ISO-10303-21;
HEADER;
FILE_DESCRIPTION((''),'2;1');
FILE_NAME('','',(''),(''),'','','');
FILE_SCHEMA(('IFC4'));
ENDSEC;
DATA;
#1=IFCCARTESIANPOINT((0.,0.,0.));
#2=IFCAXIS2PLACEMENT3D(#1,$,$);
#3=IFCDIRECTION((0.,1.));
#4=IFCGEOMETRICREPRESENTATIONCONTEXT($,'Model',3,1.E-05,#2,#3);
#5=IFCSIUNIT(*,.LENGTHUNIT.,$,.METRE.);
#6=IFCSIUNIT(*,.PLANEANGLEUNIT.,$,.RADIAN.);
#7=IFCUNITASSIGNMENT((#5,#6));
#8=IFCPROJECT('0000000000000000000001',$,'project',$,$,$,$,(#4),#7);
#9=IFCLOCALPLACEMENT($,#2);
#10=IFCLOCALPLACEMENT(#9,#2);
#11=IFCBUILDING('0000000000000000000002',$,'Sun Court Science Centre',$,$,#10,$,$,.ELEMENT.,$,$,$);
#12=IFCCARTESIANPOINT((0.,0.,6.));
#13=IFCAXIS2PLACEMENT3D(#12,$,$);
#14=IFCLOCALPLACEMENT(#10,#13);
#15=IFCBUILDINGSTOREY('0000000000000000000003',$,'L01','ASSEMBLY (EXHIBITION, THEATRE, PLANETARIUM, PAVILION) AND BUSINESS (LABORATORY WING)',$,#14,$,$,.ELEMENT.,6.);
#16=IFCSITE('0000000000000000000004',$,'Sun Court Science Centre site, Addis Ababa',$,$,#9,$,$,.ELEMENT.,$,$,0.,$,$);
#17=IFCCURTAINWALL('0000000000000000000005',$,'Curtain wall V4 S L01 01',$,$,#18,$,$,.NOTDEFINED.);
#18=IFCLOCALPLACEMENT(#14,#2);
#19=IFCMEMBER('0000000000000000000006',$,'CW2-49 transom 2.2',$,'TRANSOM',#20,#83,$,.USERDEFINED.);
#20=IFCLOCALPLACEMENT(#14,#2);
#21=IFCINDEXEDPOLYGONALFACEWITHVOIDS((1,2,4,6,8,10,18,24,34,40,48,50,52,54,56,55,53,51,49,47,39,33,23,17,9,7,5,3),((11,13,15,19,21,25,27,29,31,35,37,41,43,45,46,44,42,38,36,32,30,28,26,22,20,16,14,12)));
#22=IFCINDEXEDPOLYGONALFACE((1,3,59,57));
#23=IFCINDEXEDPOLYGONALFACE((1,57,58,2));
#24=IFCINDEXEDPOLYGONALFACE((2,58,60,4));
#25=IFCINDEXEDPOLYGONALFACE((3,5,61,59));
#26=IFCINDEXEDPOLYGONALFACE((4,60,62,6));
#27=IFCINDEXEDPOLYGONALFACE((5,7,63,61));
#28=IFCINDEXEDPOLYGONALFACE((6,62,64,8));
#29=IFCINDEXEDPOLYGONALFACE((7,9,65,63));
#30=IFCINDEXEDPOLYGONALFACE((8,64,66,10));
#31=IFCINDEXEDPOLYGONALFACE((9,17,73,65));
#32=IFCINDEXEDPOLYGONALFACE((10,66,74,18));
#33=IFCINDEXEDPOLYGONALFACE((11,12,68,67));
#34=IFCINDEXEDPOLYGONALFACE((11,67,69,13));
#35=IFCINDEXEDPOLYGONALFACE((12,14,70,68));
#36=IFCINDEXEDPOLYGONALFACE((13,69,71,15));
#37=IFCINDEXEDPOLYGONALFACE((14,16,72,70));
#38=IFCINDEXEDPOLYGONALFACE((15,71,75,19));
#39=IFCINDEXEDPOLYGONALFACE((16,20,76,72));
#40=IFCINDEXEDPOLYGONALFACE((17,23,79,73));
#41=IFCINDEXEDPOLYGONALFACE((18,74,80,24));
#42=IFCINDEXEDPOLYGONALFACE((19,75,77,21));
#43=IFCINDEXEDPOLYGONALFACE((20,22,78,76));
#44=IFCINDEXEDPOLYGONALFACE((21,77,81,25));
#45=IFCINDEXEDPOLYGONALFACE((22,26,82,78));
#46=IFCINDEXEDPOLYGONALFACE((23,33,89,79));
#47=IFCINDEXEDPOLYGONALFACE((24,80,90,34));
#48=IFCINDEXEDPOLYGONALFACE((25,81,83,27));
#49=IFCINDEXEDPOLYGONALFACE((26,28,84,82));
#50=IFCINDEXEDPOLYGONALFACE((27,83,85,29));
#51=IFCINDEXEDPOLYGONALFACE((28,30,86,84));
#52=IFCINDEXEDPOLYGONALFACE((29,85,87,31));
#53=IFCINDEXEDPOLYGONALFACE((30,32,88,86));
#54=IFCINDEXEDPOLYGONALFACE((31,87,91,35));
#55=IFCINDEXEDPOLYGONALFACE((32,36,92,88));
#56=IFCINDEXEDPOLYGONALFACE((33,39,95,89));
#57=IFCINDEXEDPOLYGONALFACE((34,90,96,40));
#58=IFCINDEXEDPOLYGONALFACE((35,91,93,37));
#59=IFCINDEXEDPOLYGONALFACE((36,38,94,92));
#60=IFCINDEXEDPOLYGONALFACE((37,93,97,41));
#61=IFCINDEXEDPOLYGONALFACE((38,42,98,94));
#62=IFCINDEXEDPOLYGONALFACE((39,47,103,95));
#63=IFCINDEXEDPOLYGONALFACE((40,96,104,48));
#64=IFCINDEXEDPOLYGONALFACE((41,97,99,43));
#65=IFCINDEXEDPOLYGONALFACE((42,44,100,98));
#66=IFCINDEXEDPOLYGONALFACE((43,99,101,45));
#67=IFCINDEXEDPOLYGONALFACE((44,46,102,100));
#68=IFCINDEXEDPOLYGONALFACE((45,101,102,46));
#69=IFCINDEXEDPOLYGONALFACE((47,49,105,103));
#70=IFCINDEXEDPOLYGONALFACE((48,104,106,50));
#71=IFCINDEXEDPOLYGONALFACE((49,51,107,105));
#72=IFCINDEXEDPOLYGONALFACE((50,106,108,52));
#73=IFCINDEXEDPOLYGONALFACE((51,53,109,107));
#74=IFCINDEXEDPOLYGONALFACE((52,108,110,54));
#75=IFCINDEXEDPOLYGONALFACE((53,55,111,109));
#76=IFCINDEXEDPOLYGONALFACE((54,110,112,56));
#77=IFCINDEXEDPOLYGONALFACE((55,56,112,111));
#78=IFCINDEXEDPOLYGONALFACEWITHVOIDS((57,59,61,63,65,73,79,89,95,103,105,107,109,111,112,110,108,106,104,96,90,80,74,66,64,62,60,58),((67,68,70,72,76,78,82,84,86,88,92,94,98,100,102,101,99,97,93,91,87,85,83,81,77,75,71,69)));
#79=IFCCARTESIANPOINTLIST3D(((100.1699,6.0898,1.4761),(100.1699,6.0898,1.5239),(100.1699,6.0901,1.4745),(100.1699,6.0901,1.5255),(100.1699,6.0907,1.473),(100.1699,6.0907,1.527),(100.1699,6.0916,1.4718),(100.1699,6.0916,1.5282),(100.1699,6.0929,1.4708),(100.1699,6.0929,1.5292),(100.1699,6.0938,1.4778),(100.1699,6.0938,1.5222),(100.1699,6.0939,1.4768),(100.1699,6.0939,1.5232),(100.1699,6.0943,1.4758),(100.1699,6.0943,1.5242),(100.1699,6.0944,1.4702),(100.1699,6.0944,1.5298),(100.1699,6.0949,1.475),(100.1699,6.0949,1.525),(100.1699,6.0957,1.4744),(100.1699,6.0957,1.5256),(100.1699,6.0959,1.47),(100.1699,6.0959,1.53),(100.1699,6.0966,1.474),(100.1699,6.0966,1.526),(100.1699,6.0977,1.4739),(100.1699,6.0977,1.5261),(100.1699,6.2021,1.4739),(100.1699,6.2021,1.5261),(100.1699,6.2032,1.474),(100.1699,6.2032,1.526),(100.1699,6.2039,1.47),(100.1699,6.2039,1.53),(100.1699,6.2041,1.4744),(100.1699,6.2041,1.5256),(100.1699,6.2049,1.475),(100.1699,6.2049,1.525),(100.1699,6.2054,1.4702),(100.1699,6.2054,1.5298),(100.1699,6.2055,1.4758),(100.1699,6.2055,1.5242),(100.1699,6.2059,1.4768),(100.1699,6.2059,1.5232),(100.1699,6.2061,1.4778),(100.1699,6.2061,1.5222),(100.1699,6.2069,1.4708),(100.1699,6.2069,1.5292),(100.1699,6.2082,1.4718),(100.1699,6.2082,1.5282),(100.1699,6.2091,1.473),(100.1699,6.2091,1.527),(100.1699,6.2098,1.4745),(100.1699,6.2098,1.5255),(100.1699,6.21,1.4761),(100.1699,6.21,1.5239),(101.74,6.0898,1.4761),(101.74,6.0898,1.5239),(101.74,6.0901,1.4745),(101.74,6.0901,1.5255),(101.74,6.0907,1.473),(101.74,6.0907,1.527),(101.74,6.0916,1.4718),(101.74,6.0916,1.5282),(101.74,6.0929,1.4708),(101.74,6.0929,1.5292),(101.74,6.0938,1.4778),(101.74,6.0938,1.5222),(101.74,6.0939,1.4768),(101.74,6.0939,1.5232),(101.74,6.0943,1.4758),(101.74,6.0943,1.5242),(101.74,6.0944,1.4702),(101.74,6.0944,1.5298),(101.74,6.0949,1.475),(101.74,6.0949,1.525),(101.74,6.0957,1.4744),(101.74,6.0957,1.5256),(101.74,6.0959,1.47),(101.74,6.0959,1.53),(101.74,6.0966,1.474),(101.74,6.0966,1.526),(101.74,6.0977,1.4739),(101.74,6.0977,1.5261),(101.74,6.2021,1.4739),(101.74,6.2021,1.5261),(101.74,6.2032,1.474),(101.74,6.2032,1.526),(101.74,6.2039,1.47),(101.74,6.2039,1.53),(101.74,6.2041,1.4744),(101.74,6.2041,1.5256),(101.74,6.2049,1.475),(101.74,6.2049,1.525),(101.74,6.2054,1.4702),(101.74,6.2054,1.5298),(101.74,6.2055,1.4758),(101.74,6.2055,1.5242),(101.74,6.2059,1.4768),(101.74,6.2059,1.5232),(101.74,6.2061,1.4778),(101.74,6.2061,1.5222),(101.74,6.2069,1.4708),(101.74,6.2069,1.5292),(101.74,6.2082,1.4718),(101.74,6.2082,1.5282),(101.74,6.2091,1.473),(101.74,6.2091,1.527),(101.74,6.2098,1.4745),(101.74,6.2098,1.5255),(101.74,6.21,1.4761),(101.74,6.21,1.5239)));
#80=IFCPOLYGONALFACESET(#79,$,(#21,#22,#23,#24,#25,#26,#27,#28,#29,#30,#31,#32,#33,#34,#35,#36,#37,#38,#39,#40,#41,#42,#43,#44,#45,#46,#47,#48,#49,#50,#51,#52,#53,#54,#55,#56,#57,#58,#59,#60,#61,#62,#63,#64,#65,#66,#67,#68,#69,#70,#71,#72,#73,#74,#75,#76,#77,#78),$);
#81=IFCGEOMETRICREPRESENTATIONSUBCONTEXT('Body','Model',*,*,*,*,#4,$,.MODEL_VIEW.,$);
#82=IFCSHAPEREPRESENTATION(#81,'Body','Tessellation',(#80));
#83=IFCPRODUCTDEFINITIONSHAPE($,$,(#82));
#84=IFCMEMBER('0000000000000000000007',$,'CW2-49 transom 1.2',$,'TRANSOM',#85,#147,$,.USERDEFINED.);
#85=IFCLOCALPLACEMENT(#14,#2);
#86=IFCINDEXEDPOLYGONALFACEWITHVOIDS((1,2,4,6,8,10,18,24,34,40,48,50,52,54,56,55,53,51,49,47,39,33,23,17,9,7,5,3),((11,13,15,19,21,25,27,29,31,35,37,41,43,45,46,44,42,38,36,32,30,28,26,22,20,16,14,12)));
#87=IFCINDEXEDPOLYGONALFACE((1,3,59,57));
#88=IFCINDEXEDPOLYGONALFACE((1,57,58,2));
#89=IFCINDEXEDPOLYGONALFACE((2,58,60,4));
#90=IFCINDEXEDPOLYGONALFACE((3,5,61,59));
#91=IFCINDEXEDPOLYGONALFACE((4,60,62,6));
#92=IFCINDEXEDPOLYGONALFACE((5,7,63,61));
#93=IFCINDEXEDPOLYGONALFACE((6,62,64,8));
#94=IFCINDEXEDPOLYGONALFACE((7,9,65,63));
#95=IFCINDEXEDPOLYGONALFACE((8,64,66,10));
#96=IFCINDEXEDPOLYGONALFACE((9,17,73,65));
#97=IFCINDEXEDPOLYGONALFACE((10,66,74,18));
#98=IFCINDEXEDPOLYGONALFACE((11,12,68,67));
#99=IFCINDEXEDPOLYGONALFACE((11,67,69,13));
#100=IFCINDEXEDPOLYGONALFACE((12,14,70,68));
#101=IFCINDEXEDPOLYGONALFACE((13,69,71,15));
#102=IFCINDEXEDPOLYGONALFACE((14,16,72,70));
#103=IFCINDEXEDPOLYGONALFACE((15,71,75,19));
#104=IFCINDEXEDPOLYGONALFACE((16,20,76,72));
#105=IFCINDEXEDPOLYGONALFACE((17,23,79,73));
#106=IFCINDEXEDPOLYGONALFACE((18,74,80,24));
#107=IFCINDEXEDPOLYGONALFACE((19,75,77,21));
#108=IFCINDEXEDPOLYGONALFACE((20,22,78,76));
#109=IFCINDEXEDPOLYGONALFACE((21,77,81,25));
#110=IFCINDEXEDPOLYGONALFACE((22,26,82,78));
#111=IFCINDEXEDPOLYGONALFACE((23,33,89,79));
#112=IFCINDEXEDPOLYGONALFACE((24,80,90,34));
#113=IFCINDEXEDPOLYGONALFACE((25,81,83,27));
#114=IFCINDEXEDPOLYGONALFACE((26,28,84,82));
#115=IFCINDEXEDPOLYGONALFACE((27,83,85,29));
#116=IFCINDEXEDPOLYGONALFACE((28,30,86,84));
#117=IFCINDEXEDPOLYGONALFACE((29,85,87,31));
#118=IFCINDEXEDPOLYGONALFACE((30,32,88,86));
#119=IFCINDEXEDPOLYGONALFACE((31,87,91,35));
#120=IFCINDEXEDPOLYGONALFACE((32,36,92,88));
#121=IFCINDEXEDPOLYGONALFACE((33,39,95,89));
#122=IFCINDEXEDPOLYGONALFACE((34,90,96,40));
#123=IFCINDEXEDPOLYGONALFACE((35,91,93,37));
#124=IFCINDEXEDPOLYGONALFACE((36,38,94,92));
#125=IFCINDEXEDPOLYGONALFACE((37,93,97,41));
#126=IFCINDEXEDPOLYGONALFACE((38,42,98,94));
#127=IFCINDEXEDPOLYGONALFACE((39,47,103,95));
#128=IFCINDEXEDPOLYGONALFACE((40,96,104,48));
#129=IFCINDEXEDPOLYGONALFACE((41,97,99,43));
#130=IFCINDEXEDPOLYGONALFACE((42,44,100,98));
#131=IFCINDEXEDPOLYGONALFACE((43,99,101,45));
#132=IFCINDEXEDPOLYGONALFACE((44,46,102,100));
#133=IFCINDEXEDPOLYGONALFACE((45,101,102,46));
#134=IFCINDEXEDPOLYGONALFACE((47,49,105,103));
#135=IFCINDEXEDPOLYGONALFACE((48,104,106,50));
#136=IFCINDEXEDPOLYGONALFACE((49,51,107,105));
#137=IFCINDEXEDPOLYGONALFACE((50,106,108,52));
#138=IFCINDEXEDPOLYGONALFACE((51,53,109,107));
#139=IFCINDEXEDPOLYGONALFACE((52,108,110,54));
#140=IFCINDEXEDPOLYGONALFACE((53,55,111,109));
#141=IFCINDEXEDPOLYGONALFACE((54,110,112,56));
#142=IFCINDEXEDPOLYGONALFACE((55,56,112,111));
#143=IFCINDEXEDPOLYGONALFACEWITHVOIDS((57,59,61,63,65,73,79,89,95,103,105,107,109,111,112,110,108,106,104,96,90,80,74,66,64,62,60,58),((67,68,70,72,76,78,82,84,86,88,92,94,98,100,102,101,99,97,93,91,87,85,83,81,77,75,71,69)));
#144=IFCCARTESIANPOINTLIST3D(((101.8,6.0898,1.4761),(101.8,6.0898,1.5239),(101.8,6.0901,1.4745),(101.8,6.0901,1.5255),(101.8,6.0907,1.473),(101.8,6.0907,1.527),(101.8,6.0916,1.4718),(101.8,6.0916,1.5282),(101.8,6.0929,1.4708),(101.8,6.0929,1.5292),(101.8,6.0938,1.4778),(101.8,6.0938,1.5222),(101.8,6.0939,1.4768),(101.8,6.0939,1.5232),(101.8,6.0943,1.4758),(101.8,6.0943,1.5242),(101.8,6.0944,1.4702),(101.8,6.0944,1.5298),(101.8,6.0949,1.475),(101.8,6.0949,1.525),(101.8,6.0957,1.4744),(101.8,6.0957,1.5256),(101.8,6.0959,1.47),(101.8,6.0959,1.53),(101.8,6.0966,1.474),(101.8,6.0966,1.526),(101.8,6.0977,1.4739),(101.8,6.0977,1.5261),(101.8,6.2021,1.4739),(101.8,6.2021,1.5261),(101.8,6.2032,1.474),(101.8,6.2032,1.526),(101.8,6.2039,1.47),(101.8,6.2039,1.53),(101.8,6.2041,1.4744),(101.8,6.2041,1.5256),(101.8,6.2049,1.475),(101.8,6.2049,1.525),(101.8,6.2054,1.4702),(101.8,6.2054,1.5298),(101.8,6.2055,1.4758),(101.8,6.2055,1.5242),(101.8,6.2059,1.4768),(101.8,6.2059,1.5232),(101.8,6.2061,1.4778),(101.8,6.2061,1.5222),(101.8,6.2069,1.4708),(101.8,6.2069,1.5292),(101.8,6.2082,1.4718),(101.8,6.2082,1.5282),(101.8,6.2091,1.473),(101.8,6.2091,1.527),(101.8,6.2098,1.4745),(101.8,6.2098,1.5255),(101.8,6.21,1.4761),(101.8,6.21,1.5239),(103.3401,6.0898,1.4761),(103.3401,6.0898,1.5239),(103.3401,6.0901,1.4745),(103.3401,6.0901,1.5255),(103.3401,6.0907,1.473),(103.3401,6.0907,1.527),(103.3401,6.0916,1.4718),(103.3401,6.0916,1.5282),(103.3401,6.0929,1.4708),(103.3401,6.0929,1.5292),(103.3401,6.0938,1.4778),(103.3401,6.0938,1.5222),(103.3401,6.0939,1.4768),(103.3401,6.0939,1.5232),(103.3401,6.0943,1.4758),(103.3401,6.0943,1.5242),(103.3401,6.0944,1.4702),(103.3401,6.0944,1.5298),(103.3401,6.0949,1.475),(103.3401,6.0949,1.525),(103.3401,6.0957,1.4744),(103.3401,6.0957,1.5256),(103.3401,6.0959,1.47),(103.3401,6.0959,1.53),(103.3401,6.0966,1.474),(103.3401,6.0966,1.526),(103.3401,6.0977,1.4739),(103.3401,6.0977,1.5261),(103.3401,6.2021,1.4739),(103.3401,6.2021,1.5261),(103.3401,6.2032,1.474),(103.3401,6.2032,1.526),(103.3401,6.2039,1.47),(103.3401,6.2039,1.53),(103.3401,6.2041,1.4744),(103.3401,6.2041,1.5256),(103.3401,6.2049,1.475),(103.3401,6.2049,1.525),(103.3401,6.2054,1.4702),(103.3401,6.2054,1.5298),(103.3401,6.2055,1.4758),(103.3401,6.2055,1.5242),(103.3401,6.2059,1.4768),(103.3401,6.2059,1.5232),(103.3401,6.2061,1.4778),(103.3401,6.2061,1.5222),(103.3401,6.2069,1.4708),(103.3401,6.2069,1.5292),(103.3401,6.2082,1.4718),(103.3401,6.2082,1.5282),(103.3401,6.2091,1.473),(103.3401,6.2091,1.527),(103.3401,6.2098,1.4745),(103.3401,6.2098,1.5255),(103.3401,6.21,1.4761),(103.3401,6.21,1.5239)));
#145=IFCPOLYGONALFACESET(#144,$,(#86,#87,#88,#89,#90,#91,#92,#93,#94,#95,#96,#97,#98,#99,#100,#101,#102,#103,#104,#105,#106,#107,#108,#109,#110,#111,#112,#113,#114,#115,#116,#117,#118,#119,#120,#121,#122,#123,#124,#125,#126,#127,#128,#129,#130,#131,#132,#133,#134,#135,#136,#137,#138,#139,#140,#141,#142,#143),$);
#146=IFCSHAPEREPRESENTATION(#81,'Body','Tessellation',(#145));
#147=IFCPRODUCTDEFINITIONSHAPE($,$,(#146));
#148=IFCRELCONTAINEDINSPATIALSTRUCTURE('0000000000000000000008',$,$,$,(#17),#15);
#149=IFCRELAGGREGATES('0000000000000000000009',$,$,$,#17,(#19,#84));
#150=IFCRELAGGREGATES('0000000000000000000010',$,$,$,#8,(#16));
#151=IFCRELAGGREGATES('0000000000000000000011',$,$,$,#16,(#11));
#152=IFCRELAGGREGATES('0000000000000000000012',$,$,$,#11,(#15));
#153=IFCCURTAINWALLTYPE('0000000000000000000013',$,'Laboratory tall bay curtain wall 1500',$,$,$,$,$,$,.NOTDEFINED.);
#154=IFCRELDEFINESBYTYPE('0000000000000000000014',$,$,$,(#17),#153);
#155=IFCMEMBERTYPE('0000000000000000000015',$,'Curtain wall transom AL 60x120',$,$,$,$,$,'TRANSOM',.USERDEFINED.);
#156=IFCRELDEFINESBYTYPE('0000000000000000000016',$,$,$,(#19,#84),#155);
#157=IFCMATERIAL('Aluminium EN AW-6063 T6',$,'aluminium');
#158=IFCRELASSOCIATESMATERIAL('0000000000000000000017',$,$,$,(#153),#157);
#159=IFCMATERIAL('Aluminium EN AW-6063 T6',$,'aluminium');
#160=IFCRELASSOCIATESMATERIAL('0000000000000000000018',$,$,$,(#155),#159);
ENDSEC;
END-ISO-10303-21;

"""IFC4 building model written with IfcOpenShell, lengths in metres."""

from ifc_helpers import new_model, si_unit, direction, frame, origin, origin_2d, place, context, subcontext, project, spatial, hollow_rectangle, extrude, material, material_profile, profile_set, type_object, element, aggregate, save


model = new_model("IFC4")

# Units and contexts
model_context = context("Model", 3, precision=1e-05, world=origin(), true_north=direction((0.0, 1.0)))
body_context = subcontext(model_context, "Body", "Model", "MODEL_VIEW")
ifc_project = project(units=[si_unit("LENGTHUNIT", "METRE"), si_unit("PLANEANGLEUNIT", "RADIAN")], contexts=[model_context])

# Site, building, storey
site_placement = place(None, origin())
site = spatial("IfcSite", under=ifc_project, at=site_placement, Name="Sun Court Science Centre site, Addis Ababa", CompositionType="ELEMENT", RefElevation=0.0)
building_placement = place(site_placement, origin())
building = spatial("IfcBuilding", under=site, at=building_placement, Name="Sun Court Science Centre", CompositionType="ELEMENT")
storey_placement = place(building_placement, frame((0.0, 0.0, 6.0)))
storey = spatial("IfcBuildingStorey", under=building, at=storey_placement, Name="L01", Description="ASSEMBLY (EXHIBITION, THEATRE, PLANETARIUM, PAVILION) AND BUSINESS (LABORATORY WING)", CompositionType="ELEMENT", Elevation=6.0)

# Curtain wall, members
ifc_material_1 = material(Name="Aluminium EN AW-6063 T6", Category="aluminium")
curtain_wall_type = type_object("IfcCurtainWallType", Name="Laboratory tall bay curtain wall 1500", PredefinedType="NOTDEFINED", material=ifc_material_1)
curtain_wall_placement = place(storey_placement, origin())
curtain_wall = element("IfcCurtainWall", 1, at=curtain_wall_placement, inside=storey, type_object=curtain_wall_type, Name="Curtain wall V4 S L01 01", PredefinedType="NOTDEFINED")
ifc_material_2 = material(Name="Aluminium EN AW-6063 T6", Category="aluminium")
ifc_material_profile_1 = material_profile(ifc_material_2, hollow_rectangle(XDim=0.0601, YDim=0.1201, WallThickness=0.0039, InnerFilletRadius=0.0039, OuterFilletRadius=0.0061, at=origin_2d()), Name="AL 60x120x4")
ifc_profile_set_1 = profile_set([ifc_material_profile_1], Name="Aluminium EN AW-6063 T6")
member_type_1 = type_object("IfcMemberType", Name="Curtain wall transom AL 60x120", ElementType="TRANSOM", PredefinedType="USERDEFINED", material=ifc_profile_set_1)
member_1_placement = place(storey_placement, frame((101.74, 6.1499, 1.5), z_axis=(-1.0, 0.0, 0.0), x_axis=(0.0, 0.0, 1.0)))
member_1 = element("IfcMember", 2, at=member_1_placement, type_object=member_type_1, Name="CW2-49 transom 2.2", ObjectType="TRANSOM", PredefinedType="USERDEFINED", context=body_context, shape_type="SweptSolid", body=[
    extrude(hollow_rectangle(XDim=0.0601, YDim=0.1201, WallThickness=0.0039, InnerFilletRadius=0.0039, OuterFilletRadius=0.0061, at=origin_2d()), origin(), (0.0, 0.0, 1.0), 1.5701),
])
member_2_placement = place(storey_placement, frame((103.3401, 6.1499, 1.5), z_axis=(-1.0, 0.0, 0.0), x_axis=(0.0, 0.0, 1.0)))
member_2 = element("IfcMember", 3, at=member_2_placement, type_object=member_type_1, Name="CW2-49 transom 1.2", ObjectType="TRANSOM", PredefinedType="USERDEFINED", context=body_context, shape_type="SweptSolid", body=[
    extrude(hollow_rectangle(XDim=0.0601, YDim=0.1201, WallThickness=0.0039, InnerFilletRadius=0.0039, OuterFilletRadius=0.0061, at=origin_2d()), origin(), (0.0, 0.0, 1.0), 1.54),
])

aggregate(curtain_wall, [member_1, member_2])

save(model, "model.ifc")
